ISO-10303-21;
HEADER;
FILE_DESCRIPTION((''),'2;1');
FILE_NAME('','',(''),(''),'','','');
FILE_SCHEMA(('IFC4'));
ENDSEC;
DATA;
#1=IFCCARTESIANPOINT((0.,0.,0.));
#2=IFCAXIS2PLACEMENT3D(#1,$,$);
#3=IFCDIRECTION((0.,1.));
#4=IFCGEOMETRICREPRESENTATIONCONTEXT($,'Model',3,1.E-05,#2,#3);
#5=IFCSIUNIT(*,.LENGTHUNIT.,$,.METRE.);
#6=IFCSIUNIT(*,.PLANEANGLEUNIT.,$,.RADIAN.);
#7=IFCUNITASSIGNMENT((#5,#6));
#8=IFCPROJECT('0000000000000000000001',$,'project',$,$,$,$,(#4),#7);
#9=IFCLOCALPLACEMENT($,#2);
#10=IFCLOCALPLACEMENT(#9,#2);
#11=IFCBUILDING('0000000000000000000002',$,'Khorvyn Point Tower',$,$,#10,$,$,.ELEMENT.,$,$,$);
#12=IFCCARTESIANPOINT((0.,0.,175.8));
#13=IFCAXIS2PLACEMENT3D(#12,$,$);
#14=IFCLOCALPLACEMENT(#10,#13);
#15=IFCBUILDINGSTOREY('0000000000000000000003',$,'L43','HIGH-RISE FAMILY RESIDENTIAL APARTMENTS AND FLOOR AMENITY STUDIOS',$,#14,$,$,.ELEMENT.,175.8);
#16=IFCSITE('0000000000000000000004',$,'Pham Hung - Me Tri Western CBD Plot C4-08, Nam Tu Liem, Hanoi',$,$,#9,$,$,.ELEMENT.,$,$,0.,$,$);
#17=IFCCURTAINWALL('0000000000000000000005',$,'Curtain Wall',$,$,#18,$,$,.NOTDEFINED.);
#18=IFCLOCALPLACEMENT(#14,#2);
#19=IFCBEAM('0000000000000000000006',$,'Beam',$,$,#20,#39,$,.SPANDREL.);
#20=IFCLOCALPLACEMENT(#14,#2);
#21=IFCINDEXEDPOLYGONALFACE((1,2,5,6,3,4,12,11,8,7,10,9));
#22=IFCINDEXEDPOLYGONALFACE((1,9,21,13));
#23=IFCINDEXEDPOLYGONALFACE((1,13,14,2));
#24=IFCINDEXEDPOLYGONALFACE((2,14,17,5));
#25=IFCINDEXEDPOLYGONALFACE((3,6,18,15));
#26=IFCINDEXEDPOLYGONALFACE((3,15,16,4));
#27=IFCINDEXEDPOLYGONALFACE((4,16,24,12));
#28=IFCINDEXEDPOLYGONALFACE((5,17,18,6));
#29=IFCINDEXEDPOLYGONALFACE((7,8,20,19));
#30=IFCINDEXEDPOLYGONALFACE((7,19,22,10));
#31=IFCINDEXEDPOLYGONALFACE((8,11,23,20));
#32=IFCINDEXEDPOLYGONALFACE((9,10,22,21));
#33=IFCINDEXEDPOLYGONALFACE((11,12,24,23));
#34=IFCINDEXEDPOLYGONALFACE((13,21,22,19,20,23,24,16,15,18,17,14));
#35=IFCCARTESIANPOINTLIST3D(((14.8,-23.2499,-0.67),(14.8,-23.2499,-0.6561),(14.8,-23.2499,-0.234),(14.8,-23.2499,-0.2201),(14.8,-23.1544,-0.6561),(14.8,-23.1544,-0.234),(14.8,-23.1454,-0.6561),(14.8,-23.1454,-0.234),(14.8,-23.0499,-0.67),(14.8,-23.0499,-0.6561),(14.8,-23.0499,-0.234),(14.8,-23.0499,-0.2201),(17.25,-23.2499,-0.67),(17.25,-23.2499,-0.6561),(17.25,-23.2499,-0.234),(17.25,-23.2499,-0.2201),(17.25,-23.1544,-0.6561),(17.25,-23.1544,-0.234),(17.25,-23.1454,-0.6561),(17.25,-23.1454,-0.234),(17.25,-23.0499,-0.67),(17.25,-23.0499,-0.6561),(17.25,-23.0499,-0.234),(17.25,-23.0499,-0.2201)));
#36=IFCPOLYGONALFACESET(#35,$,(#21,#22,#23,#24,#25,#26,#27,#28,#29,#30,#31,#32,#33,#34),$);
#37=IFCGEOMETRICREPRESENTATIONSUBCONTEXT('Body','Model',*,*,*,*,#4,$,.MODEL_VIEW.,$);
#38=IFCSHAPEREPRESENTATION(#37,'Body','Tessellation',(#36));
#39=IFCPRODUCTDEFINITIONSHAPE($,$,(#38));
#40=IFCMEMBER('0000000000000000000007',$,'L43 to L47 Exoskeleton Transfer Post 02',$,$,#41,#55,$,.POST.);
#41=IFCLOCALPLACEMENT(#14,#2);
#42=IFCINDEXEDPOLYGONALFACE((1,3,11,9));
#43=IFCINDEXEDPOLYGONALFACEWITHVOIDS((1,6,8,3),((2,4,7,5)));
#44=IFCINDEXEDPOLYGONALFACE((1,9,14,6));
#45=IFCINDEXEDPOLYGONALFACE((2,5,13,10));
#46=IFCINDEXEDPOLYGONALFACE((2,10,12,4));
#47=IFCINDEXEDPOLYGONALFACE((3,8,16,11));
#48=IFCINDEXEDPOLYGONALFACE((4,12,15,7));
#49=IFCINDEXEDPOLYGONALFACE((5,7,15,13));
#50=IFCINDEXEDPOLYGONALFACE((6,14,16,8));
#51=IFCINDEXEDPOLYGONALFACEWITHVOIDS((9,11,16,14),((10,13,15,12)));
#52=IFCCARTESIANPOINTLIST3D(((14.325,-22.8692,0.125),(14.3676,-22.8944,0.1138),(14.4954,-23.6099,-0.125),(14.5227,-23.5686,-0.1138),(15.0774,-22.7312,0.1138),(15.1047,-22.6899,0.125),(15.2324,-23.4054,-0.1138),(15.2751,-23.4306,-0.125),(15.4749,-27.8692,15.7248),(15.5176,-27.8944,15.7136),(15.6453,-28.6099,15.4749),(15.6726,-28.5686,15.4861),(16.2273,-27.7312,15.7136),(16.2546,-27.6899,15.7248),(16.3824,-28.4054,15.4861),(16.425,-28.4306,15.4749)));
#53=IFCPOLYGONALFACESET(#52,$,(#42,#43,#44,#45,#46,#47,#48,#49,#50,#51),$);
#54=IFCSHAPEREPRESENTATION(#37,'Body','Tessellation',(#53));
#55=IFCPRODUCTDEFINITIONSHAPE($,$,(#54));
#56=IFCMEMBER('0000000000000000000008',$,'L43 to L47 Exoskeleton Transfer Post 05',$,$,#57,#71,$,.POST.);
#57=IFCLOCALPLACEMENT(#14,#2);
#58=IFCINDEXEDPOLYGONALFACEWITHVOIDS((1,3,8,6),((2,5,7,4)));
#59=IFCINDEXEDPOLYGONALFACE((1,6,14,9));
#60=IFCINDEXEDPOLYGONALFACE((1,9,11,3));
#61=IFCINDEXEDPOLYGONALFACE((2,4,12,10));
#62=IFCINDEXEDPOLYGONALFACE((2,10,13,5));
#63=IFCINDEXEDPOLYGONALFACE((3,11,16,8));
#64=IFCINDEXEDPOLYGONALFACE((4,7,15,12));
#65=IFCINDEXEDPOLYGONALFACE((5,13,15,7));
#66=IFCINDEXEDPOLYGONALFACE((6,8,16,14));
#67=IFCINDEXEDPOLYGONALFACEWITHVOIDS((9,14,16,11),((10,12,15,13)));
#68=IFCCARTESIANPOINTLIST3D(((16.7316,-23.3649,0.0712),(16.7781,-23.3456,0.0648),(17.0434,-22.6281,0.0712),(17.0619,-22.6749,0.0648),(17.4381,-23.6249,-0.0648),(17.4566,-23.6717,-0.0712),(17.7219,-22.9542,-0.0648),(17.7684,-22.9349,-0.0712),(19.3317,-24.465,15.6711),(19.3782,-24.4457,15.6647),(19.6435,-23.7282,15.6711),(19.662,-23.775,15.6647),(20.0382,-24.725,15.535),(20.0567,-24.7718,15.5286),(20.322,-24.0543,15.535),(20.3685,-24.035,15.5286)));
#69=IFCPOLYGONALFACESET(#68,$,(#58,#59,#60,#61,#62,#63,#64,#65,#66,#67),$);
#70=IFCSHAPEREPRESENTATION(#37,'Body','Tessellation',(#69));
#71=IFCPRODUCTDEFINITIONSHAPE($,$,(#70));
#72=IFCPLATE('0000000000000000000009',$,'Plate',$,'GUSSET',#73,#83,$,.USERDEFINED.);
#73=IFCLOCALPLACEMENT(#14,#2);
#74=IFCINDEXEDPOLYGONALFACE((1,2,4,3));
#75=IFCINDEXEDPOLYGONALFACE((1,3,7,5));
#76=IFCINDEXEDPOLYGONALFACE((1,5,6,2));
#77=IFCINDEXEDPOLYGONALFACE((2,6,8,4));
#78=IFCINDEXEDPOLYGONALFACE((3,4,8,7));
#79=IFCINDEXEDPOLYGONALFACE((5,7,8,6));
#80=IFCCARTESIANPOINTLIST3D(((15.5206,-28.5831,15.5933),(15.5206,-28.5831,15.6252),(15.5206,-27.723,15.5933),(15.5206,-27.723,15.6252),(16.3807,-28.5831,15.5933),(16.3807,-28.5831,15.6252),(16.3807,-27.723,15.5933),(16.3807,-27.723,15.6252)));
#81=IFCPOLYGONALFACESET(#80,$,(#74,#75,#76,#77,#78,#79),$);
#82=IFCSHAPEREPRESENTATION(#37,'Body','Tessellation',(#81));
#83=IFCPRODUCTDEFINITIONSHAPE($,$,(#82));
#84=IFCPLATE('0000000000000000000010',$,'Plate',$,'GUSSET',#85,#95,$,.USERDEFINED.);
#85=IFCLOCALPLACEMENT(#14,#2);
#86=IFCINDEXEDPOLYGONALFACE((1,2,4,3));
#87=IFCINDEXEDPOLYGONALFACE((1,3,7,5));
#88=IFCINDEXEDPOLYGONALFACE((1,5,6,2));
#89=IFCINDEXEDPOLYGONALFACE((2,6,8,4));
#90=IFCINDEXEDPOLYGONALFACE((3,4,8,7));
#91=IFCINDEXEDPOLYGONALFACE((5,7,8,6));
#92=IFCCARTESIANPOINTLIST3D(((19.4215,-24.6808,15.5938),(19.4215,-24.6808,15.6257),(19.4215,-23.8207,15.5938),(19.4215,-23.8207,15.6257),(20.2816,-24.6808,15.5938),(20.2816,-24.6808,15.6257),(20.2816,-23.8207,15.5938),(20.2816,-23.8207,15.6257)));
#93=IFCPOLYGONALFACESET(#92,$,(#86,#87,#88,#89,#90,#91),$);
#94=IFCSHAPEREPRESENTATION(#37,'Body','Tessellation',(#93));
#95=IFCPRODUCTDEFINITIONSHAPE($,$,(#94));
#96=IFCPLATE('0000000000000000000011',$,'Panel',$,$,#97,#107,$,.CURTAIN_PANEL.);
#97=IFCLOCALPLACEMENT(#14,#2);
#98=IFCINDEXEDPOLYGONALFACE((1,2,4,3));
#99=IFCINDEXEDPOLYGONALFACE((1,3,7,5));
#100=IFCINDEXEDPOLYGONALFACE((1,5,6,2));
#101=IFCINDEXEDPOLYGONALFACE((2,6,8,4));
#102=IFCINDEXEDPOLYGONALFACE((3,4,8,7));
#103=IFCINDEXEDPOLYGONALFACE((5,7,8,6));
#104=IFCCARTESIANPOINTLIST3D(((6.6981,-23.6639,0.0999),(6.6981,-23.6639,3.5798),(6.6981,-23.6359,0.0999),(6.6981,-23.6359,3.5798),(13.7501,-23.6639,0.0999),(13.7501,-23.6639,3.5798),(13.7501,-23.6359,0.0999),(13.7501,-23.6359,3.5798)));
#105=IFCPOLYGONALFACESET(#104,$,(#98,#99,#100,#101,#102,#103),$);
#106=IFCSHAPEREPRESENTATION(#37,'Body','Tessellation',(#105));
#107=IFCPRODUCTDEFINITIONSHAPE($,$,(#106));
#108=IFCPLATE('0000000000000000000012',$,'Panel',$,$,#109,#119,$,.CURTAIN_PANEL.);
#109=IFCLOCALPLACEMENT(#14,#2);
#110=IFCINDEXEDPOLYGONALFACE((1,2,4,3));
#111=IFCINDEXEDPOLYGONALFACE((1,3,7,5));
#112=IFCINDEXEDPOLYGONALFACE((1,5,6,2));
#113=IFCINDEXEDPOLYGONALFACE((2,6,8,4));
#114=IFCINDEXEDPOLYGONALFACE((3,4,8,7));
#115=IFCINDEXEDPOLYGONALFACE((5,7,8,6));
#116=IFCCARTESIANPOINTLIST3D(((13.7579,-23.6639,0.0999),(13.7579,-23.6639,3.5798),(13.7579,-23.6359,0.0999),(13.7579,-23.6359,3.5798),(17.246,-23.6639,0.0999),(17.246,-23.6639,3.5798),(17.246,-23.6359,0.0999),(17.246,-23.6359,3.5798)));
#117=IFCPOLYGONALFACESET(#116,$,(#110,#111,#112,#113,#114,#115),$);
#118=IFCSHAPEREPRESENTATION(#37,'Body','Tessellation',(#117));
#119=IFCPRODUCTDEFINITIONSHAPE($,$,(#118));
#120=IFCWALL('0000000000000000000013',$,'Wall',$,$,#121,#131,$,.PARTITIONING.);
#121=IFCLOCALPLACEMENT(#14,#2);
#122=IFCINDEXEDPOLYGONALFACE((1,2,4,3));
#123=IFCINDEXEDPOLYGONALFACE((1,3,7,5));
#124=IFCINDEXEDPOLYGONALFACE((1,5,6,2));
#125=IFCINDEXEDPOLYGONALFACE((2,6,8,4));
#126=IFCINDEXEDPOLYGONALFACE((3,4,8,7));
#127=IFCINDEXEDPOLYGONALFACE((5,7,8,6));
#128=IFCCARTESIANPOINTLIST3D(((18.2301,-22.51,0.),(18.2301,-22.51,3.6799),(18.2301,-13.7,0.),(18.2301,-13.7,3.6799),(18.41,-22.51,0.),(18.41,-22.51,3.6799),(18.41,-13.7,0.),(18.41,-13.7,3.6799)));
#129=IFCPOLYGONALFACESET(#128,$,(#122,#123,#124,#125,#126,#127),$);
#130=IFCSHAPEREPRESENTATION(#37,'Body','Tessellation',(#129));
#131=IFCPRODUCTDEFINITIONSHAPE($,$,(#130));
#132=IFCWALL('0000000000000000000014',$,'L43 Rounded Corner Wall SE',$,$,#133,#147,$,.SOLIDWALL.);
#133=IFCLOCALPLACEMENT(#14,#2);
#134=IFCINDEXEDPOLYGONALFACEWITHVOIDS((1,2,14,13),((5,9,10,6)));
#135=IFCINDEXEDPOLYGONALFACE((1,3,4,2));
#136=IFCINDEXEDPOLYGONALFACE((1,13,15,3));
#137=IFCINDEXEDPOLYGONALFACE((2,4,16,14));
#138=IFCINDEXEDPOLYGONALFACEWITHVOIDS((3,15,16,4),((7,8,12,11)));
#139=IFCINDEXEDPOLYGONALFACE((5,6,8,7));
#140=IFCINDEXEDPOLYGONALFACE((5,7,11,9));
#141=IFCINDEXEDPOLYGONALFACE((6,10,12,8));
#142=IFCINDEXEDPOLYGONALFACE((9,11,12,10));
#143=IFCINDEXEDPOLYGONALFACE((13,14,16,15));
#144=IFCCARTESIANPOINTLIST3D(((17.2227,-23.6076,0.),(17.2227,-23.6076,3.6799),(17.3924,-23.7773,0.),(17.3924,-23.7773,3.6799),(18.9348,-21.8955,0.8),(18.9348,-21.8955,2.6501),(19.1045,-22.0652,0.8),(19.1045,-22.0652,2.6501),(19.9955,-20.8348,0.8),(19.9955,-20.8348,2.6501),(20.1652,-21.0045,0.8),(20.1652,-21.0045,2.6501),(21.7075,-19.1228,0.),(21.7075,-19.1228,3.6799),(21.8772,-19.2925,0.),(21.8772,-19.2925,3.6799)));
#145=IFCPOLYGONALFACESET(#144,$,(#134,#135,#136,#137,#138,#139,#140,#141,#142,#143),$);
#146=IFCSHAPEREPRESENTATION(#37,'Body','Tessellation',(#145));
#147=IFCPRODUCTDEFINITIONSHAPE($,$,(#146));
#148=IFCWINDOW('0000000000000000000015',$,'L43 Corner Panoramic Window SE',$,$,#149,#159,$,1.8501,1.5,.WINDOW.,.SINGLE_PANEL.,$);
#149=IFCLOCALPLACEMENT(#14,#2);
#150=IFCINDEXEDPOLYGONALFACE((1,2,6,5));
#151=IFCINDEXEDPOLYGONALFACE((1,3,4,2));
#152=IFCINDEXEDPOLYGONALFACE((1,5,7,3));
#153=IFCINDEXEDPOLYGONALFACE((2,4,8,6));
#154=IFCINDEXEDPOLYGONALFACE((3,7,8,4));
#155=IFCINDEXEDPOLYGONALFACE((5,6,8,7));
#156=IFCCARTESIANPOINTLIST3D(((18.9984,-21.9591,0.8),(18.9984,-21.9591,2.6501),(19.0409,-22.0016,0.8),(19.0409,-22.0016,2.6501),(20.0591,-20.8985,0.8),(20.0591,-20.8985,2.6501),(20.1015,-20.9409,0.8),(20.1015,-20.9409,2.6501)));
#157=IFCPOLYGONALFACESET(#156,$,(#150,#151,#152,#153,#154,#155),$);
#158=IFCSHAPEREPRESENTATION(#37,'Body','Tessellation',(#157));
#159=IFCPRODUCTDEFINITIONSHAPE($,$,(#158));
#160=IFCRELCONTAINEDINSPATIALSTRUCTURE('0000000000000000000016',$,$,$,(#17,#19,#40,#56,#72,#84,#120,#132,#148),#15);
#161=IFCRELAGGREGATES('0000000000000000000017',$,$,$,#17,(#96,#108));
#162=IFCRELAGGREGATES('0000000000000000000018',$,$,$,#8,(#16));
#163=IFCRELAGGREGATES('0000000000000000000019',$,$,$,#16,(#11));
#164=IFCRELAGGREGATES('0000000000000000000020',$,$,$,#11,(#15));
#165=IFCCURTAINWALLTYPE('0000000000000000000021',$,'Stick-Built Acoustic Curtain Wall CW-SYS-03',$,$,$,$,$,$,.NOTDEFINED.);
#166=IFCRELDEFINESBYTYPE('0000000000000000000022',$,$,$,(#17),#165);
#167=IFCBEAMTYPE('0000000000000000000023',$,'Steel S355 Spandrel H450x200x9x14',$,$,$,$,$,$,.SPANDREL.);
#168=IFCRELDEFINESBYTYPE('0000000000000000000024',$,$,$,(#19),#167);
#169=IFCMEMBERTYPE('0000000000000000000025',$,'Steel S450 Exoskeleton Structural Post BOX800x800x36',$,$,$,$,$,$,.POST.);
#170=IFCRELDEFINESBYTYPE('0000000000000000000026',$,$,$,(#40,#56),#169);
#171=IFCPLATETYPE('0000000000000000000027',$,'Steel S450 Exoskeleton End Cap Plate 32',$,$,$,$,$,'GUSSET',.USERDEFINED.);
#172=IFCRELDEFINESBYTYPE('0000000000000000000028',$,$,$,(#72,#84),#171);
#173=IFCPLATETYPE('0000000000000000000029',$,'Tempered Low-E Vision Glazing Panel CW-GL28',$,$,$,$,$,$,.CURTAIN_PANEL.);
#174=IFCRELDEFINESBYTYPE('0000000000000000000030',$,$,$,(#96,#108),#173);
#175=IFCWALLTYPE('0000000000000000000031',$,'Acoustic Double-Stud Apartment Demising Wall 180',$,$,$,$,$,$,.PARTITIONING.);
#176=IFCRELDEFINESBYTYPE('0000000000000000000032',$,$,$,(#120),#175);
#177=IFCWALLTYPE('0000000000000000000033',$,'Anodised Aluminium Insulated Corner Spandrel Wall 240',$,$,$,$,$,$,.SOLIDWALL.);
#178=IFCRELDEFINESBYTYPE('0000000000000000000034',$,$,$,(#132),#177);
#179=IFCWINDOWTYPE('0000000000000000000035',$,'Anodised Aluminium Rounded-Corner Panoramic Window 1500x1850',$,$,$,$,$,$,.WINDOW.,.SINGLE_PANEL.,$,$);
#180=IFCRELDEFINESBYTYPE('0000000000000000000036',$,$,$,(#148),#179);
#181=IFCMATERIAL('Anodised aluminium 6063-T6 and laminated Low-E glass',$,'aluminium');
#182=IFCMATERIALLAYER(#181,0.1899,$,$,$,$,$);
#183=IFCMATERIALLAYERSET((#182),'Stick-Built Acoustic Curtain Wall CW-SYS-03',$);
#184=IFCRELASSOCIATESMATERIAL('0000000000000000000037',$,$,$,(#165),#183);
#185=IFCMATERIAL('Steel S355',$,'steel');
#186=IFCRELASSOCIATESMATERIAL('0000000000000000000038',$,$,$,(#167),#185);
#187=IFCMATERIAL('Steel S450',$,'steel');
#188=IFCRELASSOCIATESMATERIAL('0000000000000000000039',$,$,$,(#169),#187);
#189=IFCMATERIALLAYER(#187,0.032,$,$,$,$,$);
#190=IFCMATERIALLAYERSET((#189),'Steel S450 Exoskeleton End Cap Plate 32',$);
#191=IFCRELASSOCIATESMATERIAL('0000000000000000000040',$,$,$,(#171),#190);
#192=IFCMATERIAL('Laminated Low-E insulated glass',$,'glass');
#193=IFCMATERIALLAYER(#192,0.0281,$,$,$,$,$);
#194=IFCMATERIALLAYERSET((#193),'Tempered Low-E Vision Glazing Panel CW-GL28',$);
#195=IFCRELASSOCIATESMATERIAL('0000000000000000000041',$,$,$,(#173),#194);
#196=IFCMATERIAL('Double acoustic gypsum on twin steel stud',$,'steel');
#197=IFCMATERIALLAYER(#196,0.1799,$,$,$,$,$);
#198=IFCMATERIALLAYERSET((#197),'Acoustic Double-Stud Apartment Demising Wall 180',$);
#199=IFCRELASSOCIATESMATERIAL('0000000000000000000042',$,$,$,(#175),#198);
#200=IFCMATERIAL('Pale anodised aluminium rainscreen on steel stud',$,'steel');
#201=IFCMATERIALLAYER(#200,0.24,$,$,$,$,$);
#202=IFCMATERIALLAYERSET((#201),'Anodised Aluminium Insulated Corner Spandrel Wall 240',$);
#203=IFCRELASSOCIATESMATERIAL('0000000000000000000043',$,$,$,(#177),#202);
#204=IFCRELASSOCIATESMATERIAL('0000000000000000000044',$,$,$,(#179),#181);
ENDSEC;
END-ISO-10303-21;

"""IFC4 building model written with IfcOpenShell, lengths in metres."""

from ifc_helpers import new_model, si_unit, direction, frame, frame_2d, origin, origin_2d, place, context, subcontext, project, spatial, rectangle, hollow_rectangle, i_section, extrude, material, layer, layer_set, material_profile, profile_set, type_object, element, fill, aggregate, save


model = new_model("IFC4")

# Units and contexts
model_context = context("Model", 3, precision=1e-05, world=origin(), true_north=direction((0.0, 1.0)))
body_context = subcontext(model_context, "Body", "Model", "MODEL_VIEW")
ifc_project = project(units=[si_unit("LENGTHUNIT", "METRE"), si_unit("PLANEANGLEUNIT", "RADIAN")], contexts=[model_context])

# Site, building, storey
site_placement = place(None, origin())
site = spatial("IfcSite", under=ifc_project, at=site_placement, Name="Pham Hung - Me Tri Western CBD Plot C4-08, Nam Tu Liem, Hanoi", CompositionType="ELEMENT", RefElevation=0.0)
building_placement = place(site_placement, origin())
building = spatial("IfcBuilding", under=site, at=building_placement, Name="Khorvyn Point Tower", CompositionType="ELEMENT")
storey_placement = place(building_placement, frame((0.0, 0.0, 175.8)))
storey = spatial("IfcBuildingStorey", under=building, at=storey_placement, Name="L43", Description="HIGH-RISE FAMILY RESIDENTIAL APARTMENTS AND FLOOR AMENITY STUDIOS", CompositionType="ELEMENT", Elevation=175.8)

# Shared definitions
ifc_material_1 = material(Name="Steel S450", Category="steel")

# Curtain wall
ifc_material_2 = material(Name="Anodised aluminium 6063-T6 and laminated Low-E glass", Category="aluminium")
ifc_layer_1 = layer(ifc_material_2, 0.1899)
ifc_layer_set_1 = layer_set([ifc_layer_1], Name="Stick-Built Acoustic Curtain Wall CW-SYS-03")
curtain_wall_type = type_object("IfcCurtainWallType", Name="Stick-Built Acoustic Curtain Wall CW-SYS-03", PredefinedType="NOTDEFINED", material=ifc_layer_set_1)
curtain_wall_1_placement = place(storey_placement, origin())
curtain_wall_1 = element("IfcCurtainWall", 1, at=curtain_wall_1_placement, inside=storey, type_object=curtain_wall_type, Name="Curtain Wall", PredefinedType="NOTDEFINED")

# Beam
ifc_material_3 = material(Name="Steel S355", Category="steel")
ifc_material_profile_1 = material_profile(ifc_material_3, i_section(OverallWidth=0.2, OverallDepth=0.45, WebThickness=0.009, FlangeThickness=0.0139, at=origin_2d()))
ifc_profile_set_1 = profile_set([ifc_material_profile_1], Name="Steel S355 H450x200x9x14")
beam_type_1 = type_object("IfcBeamType", Name="Steel S355 Spandrel H450x200x9x14", PredefinedType="SPANDREL", material=ifc_profile_set_1)
beam_1_placement = place(storey_placement, frame((14.8, -23.1499, -0.4451), z_axis=(1.0, 0.0, 0.0), x_axis=(0.0, 1.0, 0.0)))
element("IfcBeam", 2, at=beam_1_placement, inside=storey, type_object=beam_type_1, Name="Beam", PredefinedType="SPANDREL", context=body_context, shape_type="SweptSolid", body=[
    extrude(i_section(OverallWidth=0.2, OverallDepth=0.45, WebThickness=0.009, FlangeThickness=0.0139, at=origin_2d()), origin(), (0.0, 0.0, 1.0), 2.45),
])

# Members
ifc_material_profile_2 = material_profile(ifc_material_1, hollow_rectangle(XDim=0.8, YDim=0.8, WallThickness=0.0359, at=origin_2d()))
ifc_profile_set_2 = profile_set([ifc_material_profile_2], Name="Steel S450 BOX800x800x36")
member_type_1 = type_object("IfcMemberType", Name="Steel S450 Exoskeleton Structural Post BOX800x800x36", PredefinedType="POST", material=ifc_profile_set_2)
member_1_placement = place(storey_placement, frame((14.8, -23.1499, 0.0), z_axis=(0.070023, -0.304472, 0.949944), x_axis=(0.974559, 0.22413, 0.0)))
element("IfcMember", 3, at=member_1_placement, inside=storey, type_object=member_type_1, Name="L43 to L47 Exoskeleton Transfer Post 02", PredefinedType="POST", context=body_context, shape_type="SweptSolid", body=[
    extrude(hollow_rectangle(XDim=0.8, YDim=0.8, WallThickness=0.0359, at=origin_2d()), origin(), (0.0, 0.0, 1.0), 16.4219),
])
member_2_placement = place(storey_placement, frame((17.25, -23.1499, 0.0), z_axis=(0.16401, -0.069392, 0.984015), x_axis=(0.389657, 0.92096, 0.0)))
element("IfcMember", 4, at=member_2_placement, inside=storey, type_object=member_type_1, Name="L43 to L47 Exoskeleton Transfer Post 05", PredefinedType="POST", context=body_context, shape_type="SweptSolid", body=[
    extrude(hollow_rectangle(XDim=0.8, YDim=0.8, WallThickness=0.0359, at=origin_2d()), origin(), (0.0, 0.0, 1.0), 15.8533),
])

# Plates
ifc_layer_2 = layer(ifc_material_1, 0.032)
ifc_layer_set_2 = layer_set([ifc_layer_2], Name="Steel S450 Exoskeleton End Cap Plate 32")
plate_type_1 = type_object("IfcPlateType", Name="Steel S450 Exoskeleton End Cap Plate 32", ElementType="GUSSET", PredefinedType="USERDEFINED", material=ifc_layer_set_2)
for number, where, z_axis, x_axis, name in (
    (5, (15.9507, -28.1531, 15.5933), (0.0, 0.0, 1.0), (1.0, 0.0, 0.0), "Plate"),
    (6, (19.8516, -24.2507, 15.5938), (0.0, 0.0, 1.0), (1.0, 0.0, 0.0), "Plate"),
):
    element("IfcPlate", number, at=place(storey_placement, frame(where, z_axis=z_axis, x_axis=x_axis)), inside=storey, type_object=plate_type_1, Name=name, ObjectType="GUSSET", PredefinedType="USERDEFINED", context=body_context, shape_type="SweptSolid", body=[
        extrude(rectangle(XDim=0.8601, YDim=0.8601, at=origin_2d()), origin(), (0.0, 0.0, 1.0), 0.032),
    ])

# Plates
ifc_material_4 = material(Name="Laminated Low-E insulated glass", Category="glass")
ifc_layer_3 = layer(ifc_material_4, 0.0281)
ifc_layer_set_3 = layer_set([ifc_layer_3], Name="Tempered Low-E Vision Glazing Panel CW-GL28")
plate_type_2 = type_object("IfcPlateType", Name="Tempered Low-E Vision Glazing Panel CW-GL28", PredefinedType="CURTAIN_PANEL", material=ifc_layer_set_3)
plate_1_placement = place(storey_placement, frame((10.2241, -23.6499, 0.0999), z_axis=(0.0, 0.0, 1.0), x_axis=(-1.0, 0.0, 0.0)))
plate_1 = element("IfcPlate", 7, at=plate_1_placement, type_object=plate_type_2, Name="Panel", PredefinedType="CURTAIN_PANEL", context=body_context, shape_type="SweptSolid", body=[
    extrude(rectangle(XDim=7.052, YDim=0.0281, at=origin_2d()), origin(), (0.0, 0.0, 1.0), 3.48),
])
plate_2_placement = place(storey_placement, frame((15.502, -23.6499, 0.0999), z_axis=(0.0, 0.0, 1.0), x_axis=(-1.0, 0.0, 0.0)))
plate_2 = element("IfcPlate", 8, at=plate_2_placement, type_object=plate_type_2, Name="Panel", PredefinedType="CURTAIN_PANEL", context=body_context, shape_type="SweptSolid", body=[
    extrude(rectangle(XDim=3.488, YDim=0.0281, at=origin_2d()), origin(), (0.0, 0.0, 1.0), 3.48),
])
aggregate(curtain_wall_1, [plate_1, plate_2])

# Wall
ifc_material_5 = material(Name="Double acoustic gypsum on twin steel stud", Category="steel")
ifc_layer_4 = layer(ifc_material_5, 0.1799)
ifc_layer_set_4 = layer_set([ifc_layer_4], Name="Acoustic Double-Stud Apartment Demising Wall 180")
wall_type_1 = type_object("IfcWallType", Name="Acoustic Double-Stud Apartment Demising Wall 180", PredefinedType="PARTITIONING", material=ifc_layer_set_4)
wall_1_placement = place(storey_placement, frame((18.3201, -22.51, 0.0), z_axis=(0.0, 0.0, 1.0), x_axis=(0.0, 1.0, 0.0)))
element("IfcWall", 9, at=wall_1_placement, inside=storey, type_object=wall_type_1, Name="Wall", PredefinedType="PARTITIONING", context=body_context, shape_type="SweptSolid", body=[
    extrude(rectangle(XDim=8.8101, YDim=0.1799, at=frame_2d((4.405, 0.0))), origin(), (0.0, 0.0, 1.0), 3.6799),
])

# Wall, opening, window
ifc_material_6 = material(Name="Pale anodised aluminium rainscreen on steel stud", Category="steel")
ifc_layer_5 = layer(ifc_material_6, 0.24)
ifc_layer_set_5 = layer_set([ifc_layer_5], Name="Anodised Aluminium Insulated Corner Spandrel Wall 240")
wall_type_2 = type_object("IfcWallType", Name="Anodised Aluminium Insulated Corner Spandrel Wall 240", PredefinedType="SOLIDWALL", material=ifc_layer_set_5)
wall_2_placement = place(storey_placement, frame((21.7925, -19.2075, 0.0), z_axis=(0.0, 0.0, 1.0), x_axis=(-0.707107, -0.707107, 0.0)))
wall_2 = element("IfcWall", 10, at=wall_2_placement, inside=storey, type_object=wall_type_2, Name="L43 Rounded Corner Wall SE", PredefinedType="SOLIDWALL", context=body_context, shape_type="SweptSolid", body=[
    extrude(rectangle(XDim=6.3425, YDim=0.24, at=frame_2d((3.1714, 0.0))), origin(), (0.0, 0.0, 1.0), 3.6799),
])
opening_1_placement = place(wall_2_placement, frame((2.4214, 0.0, 0.8)))
opening_1 = element("IfcOpeningElement", 11, at=opening_1_placement, cuts=wall_2, PredefinedType="OPENING", context=body_context, shape_type="SweptSolid", body=[
    extrude(rectangle(XDim=1.5, YDim=1.8501, at=frame_2d((0.75, 0.925))), frame((0.0, 0.1299, 0.0), z_axis=(0.0, -1.0, 0.0), x_axis=(1.0, 0.0, 0.0)), (0.0, 0.0, 1.0), 0.26),
])
window_type = type_object("IfcWindowType", Name="Anodised Aluminium Rounded-Corner Panoramic Window 1500x1850", PartitioningType="SINGLE_PANEL", PredefinedType="WINDOW", material=ifc_material_2)
window_placement = place(opening_1_placement, origin())
window = element("IfcWindow", 12, at=window_placement, inside=storey, type_object=window_type, Name="L43 Corner Panoramic Window SE", OverallHeight=1.8501, OverallWidth=1.5, PartitioningType="SINGLE_PANEL", PredefinedType="WINDOW", context=body_context, shape_type="SweptSolid", body=[
    extrude(rectangle(XDim=1.5, YDim=1.8501, at=frame_2d((0.75, 0.925))), frame((0.0, 0.03, 0.0), z_axis=(0.0, -1.0, 0.0), x_axis=(1.0, 0.0, 0.0)), (0.0, 0.0, 1.0), 0.0601),
])
fill(opening_1, window)

save(model, "model.ifc")
